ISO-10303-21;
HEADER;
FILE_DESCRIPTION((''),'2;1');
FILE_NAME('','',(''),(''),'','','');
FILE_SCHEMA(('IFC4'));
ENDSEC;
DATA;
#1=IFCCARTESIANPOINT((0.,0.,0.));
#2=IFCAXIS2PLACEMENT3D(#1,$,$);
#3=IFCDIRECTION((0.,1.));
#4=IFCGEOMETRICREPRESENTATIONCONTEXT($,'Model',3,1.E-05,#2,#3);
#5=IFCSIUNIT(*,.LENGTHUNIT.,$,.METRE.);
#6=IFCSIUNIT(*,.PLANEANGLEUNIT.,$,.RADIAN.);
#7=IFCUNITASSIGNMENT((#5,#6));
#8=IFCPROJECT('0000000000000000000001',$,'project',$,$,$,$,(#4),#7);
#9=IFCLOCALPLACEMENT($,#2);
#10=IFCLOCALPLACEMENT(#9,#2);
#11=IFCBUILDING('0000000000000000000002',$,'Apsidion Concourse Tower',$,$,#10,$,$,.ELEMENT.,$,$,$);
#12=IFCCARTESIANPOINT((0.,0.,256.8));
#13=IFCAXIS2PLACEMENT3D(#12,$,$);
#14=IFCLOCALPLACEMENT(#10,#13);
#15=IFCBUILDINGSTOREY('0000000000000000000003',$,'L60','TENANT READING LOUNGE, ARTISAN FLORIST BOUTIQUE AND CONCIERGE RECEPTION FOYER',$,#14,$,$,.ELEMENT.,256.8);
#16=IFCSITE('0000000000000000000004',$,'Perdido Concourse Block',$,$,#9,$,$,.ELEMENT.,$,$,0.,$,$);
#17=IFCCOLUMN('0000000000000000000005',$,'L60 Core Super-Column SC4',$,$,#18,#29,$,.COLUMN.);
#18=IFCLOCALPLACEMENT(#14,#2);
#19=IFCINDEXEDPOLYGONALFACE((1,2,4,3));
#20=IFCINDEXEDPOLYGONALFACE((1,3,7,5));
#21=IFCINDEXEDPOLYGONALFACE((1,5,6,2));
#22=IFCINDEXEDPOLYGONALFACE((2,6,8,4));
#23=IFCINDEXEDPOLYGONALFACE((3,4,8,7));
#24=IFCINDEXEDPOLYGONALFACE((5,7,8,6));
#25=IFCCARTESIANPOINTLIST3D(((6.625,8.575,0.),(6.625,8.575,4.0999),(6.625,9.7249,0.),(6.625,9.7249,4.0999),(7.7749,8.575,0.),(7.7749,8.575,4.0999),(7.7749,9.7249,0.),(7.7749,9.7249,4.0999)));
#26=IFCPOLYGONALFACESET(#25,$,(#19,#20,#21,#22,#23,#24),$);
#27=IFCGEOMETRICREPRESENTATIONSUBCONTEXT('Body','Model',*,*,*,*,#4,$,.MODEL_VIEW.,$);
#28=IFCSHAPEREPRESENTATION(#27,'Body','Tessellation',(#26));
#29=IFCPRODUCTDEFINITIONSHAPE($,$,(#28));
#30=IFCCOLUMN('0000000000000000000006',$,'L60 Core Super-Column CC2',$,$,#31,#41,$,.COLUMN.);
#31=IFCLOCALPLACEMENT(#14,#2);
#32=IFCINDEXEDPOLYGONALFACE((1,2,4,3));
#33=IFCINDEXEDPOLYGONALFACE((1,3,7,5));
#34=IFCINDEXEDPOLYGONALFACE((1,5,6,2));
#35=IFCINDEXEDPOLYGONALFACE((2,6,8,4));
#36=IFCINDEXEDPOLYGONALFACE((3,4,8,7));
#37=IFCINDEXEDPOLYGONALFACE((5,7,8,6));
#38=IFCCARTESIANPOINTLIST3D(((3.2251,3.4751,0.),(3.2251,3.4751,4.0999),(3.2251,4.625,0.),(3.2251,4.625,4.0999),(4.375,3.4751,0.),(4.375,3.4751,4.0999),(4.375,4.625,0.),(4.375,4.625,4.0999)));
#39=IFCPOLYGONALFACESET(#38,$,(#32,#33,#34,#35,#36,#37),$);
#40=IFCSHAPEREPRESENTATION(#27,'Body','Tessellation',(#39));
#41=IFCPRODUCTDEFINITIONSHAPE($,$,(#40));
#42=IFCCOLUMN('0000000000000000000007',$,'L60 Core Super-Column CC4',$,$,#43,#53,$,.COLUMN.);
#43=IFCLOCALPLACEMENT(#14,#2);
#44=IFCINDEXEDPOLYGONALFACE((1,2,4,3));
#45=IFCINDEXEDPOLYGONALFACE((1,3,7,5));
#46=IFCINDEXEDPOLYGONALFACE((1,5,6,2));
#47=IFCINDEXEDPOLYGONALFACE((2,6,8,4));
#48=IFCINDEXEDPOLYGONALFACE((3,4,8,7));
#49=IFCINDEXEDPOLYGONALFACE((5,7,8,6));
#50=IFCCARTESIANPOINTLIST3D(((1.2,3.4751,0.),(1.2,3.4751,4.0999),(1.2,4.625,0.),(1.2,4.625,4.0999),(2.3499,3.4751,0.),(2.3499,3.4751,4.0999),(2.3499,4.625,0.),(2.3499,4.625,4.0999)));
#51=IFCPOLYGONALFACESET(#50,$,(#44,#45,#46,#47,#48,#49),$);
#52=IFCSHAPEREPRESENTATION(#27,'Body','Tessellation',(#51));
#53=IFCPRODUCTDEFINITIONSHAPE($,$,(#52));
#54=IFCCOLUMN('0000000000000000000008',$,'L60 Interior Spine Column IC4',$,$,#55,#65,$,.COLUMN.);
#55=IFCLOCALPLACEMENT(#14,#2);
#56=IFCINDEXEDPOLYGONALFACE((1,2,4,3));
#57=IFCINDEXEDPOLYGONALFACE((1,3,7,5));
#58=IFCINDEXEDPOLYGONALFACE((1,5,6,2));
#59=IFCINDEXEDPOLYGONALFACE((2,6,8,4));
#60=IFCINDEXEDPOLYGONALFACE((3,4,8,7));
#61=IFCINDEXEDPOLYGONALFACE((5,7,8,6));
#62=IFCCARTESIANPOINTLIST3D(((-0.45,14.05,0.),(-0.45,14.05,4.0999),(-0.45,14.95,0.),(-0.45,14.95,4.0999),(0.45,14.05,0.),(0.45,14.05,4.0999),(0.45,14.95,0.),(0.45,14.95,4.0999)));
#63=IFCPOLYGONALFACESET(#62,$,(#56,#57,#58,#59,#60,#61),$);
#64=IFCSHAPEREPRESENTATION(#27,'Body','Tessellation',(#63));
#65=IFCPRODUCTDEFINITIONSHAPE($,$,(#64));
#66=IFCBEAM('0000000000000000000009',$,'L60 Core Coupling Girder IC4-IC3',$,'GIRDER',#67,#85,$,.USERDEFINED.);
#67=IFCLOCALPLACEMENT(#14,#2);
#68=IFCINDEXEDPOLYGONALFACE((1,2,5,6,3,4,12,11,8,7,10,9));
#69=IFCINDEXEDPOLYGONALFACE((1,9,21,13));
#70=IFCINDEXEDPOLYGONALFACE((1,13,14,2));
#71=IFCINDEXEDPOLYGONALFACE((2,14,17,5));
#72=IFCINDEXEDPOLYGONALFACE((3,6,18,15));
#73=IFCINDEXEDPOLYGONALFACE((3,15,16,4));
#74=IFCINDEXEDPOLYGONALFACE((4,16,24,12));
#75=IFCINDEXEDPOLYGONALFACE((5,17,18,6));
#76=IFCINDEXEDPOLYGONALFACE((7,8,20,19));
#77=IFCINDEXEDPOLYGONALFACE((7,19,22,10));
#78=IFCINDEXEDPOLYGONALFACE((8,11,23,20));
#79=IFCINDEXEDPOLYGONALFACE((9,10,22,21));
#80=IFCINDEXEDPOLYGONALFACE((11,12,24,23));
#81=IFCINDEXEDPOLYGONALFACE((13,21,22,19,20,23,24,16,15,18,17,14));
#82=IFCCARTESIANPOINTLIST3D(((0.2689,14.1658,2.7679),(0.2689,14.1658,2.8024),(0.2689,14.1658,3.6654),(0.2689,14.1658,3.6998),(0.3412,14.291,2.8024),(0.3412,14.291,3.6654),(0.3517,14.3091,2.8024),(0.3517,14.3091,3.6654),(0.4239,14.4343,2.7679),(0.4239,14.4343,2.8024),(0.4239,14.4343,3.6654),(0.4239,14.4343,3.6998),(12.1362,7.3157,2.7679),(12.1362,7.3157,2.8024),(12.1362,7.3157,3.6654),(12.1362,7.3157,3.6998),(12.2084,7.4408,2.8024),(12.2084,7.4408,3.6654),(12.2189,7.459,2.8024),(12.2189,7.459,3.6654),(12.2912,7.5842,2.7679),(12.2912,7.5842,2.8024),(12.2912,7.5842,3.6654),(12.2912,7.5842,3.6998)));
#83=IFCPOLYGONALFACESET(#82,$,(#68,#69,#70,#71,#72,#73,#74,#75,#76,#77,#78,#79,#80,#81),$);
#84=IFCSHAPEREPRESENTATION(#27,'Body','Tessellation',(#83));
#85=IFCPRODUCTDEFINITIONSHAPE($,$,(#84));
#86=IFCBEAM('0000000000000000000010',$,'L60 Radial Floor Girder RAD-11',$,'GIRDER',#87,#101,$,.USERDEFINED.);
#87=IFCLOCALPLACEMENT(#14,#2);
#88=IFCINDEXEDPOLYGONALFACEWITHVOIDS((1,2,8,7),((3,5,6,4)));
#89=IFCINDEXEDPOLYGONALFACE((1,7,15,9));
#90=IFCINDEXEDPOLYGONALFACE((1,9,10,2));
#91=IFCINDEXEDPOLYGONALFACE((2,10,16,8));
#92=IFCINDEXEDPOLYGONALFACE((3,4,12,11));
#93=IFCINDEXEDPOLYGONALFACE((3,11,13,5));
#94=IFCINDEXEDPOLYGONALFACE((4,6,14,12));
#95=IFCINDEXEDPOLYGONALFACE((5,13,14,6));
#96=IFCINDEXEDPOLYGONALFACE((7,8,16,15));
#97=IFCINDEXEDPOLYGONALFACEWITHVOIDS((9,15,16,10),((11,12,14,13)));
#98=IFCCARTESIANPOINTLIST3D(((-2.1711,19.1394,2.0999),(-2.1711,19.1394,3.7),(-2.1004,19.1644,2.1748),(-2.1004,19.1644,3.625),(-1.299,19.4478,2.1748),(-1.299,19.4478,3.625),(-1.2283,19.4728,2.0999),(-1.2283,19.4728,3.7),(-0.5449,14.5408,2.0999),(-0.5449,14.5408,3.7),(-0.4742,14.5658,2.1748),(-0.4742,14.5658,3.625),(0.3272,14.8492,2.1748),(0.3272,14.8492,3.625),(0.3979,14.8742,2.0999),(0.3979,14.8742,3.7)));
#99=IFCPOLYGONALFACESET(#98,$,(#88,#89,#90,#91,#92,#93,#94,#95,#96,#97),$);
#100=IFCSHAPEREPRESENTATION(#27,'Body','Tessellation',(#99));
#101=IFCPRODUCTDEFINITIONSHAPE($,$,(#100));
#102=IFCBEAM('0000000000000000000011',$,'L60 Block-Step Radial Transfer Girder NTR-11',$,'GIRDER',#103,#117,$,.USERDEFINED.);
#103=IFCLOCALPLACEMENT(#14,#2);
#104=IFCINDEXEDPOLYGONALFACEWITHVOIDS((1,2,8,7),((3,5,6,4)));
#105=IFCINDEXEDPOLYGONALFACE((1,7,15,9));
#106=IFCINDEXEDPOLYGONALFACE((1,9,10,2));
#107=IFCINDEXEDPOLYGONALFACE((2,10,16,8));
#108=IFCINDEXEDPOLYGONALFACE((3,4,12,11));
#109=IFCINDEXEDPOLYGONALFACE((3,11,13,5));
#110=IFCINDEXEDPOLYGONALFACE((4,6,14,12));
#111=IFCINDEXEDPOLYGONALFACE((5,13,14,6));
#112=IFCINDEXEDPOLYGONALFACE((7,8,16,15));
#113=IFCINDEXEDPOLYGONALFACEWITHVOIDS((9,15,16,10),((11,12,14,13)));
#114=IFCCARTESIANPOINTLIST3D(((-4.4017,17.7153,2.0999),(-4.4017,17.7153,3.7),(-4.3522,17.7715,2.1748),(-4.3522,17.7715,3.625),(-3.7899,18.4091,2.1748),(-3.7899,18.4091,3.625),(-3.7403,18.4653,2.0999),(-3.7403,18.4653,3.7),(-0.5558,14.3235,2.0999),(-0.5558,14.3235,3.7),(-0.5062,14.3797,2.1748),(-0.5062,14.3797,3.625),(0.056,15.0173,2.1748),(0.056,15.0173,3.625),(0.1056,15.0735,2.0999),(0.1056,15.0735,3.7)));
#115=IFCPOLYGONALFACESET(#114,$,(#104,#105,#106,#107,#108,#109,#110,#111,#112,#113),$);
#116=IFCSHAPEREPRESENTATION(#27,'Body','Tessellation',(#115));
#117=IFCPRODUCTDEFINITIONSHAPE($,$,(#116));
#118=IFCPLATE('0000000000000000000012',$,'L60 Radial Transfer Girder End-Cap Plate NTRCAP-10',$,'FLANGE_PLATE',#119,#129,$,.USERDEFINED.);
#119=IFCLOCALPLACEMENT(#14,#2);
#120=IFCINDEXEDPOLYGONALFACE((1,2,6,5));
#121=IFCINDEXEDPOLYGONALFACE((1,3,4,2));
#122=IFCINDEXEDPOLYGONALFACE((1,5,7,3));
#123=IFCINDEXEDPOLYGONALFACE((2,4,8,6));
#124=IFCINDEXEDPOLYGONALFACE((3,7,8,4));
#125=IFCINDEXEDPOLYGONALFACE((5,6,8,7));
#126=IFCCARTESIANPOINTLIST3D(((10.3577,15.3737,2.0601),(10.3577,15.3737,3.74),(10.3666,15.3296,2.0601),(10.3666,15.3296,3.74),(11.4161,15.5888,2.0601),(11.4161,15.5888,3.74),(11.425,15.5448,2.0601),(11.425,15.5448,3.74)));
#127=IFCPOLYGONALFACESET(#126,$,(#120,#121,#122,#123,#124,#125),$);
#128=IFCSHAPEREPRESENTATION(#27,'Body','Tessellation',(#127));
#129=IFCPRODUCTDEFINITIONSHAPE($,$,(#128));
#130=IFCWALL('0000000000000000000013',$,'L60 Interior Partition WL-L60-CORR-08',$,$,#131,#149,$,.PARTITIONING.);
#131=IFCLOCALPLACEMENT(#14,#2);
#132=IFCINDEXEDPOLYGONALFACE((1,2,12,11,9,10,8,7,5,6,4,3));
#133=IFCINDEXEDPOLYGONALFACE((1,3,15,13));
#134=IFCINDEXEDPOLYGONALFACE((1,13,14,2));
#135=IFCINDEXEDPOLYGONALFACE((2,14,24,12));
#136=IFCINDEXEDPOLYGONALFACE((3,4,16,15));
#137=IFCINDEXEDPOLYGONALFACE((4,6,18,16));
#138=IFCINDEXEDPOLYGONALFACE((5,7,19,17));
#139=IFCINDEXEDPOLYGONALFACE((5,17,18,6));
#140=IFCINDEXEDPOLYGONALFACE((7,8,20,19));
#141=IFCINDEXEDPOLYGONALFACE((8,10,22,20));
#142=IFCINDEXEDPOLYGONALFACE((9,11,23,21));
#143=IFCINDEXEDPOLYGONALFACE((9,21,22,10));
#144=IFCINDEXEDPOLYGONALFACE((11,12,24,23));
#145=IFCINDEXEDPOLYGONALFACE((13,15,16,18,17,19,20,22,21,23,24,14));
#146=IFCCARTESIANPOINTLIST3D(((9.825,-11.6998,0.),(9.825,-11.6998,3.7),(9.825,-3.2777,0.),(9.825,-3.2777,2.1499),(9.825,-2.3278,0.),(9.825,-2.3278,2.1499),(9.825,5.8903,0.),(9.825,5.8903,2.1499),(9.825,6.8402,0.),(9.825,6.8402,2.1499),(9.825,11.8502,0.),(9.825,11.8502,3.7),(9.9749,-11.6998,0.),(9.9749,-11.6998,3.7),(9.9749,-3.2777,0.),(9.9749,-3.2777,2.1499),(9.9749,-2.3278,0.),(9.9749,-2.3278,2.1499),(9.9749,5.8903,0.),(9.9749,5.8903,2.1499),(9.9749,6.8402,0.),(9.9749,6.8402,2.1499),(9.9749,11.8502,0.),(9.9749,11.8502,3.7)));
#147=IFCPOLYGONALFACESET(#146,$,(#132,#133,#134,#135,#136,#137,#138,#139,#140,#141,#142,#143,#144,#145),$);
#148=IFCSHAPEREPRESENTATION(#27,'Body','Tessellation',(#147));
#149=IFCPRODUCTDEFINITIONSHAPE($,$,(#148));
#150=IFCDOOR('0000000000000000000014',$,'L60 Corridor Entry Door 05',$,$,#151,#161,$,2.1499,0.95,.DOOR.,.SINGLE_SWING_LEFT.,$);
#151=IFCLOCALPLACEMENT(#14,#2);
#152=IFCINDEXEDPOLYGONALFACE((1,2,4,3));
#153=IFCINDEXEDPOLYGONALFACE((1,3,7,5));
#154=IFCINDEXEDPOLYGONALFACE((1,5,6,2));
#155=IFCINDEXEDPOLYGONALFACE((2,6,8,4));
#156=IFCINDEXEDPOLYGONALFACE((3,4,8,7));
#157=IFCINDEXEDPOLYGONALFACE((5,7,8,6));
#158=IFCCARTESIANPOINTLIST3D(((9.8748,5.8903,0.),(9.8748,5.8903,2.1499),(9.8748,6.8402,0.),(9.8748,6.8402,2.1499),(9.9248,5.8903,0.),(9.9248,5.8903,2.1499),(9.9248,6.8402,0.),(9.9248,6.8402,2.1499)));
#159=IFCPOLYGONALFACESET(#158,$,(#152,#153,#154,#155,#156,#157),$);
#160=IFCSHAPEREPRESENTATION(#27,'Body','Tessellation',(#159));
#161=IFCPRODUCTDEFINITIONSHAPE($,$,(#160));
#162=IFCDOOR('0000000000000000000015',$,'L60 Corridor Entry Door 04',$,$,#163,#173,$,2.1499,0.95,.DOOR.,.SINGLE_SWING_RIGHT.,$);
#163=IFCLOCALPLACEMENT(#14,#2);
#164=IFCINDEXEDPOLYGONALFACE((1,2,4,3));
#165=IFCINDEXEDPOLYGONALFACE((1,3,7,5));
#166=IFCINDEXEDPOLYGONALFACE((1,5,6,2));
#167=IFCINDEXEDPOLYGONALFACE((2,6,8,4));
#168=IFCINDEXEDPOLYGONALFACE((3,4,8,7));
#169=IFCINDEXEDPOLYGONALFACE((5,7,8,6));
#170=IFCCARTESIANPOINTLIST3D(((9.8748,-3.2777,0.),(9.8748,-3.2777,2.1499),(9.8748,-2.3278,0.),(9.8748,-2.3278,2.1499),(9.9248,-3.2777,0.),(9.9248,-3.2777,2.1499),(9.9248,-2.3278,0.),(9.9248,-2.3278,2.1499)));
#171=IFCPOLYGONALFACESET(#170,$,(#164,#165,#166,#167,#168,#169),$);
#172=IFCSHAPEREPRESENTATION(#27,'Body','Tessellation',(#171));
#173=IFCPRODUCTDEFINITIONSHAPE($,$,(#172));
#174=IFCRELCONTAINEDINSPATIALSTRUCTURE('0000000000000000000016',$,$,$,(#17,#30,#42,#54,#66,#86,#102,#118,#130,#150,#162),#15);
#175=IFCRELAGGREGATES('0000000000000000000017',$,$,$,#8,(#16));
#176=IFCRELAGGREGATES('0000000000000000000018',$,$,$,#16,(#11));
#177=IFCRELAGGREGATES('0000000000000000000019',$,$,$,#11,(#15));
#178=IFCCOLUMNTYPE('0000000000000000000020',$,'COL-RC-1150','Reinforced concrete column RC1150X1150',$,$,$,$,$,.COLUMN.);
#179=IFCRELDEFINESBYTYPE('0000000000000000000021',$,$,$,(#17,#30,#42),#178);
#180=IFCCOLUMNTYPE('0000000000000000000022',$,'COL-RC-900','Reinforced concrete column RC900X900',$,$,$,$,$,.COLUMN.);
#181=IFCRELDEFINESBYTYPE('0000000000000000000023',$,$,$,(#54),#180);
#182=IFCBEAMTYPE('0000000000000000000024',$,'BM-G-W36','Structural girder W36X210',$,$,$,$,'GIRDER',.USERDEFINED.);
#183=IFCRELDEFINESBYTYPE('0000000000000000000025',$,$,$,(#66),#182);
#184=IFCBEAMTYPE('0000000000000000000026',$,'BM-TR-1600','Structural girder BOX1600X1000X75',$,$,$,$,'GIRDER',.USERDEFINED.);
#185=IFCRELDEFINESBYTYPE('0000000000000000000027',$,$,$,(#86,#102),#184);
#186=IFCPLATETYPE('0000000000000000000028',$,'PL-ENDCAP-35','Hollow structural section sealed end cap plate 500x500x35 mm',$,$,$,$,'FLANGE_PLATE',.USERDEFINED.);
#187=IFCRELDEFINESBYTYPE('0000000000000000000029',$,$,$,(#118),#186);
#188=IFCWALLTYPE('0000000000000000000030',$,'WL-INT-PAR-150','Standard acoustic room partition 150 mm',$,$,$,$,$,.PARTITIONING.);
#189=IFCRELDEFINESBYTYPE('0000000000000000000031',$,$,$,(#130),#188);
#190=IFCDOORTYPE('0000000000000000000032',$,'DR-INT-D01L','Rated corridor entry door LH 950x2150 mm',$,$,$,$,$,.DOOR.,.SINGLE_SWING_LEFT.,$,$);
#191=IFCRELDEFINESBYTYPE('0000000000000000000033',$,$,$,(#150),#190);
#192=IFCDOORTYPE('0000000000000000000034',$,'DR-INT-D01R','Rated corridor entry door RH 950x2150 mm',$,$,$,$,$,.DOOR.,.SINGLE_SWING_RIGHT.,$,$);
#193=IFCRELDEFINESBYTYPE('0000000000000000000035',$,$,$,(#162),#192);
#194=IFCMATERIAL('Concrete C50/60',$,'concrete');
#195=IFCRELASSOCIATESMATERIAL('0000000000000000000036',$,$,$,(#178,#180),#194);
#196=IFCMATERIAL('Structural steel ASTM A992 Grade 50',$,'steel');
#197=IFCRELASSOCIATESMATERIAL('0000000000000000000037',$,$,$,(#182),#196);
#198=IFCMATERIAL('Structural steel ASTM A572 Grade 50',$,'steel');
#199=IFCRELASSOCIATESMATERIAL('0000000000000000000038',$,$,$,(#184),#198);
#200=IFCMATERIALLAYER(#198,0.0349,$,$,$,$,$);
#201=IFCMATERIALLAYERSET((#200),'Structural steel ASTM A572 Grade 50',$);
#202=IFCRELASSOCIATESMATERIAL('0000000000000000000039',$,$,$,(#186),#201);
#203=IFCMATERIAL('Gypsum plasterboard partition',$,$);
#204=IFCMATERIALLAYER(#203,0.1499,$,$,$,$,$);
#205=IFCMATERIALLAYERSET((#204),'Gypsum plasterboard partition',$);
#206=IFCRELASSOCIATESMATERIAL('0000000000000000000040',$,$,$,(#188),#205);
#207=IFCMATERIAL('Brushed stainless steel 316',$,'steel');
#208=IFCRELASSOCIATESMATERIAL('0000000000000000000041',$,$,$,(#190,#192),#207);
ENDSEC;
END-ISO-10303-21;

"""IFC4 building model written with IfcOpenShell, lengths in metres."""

from ifc_helpers import new_model, si_unit, direction, frame, frame_2d, origin, origin_2d, place, context, subcontext, project, spatial, rectangle, hollow_rectangle, i_section, extrude, material, layer, layer_set, material_profile, profile_set, type_object, element, fill, save


model = new_model("IFC4")

# Units and contexts
model_context = context("Model", 3, precision=1e-05, world=origin(), true_north=direction((0.0, 1.0)))
body_context = subcontext(model_context, "Body", "Model", "MODEL_VIEW")
ifc_project = project(units=[si_unit("LENGTHUNIT", "METRE"), si_unit("PLANEANGLEUNIT", "RADIAN")], contexts=[model_context])

# Site, building, storey
site_placement = place(None, origin())
site = spatial("IfcSite", under=ifc_project, at=site_placement, Name="Perdido Concourse Block", CompositionType="ELEMENT", RefElevation=0.0)
building_placement = place(site_placement, origin())
building = spatial("IfcBuilding", under=site, at=building_placement, Name="Apsidion Concourse Tower", CompositionType="ELEMENT")
storey_placement = place(building_placement, frame((0.0, 0.0, 256.8)))
storey = spatial("IfcBuildingStorey", under=building, at=storey_placement, Name="L60", Description="TENANT READING LOUNGE, ARTISAN FLORIST BOUTIQUE AND CONCIERGE RECEPTION FOYER", CompositionType="ELEMENT", Elevation=256.8)

# Columns
ifc_material_1 = material(Name="Concrete C50/60", Category="concrete")
ifc_material_profile_1 = material_profile(ifc_material_1, rectangle(XDim=1.1499, YDim=1.1499, at=origin_2d()), Name="RC 1150x1150")
ifc_profile_set_1 = profile_set([ifc_material_profile_1], Name="Concrete C50/60")
column_type_1 = type_object("IfcColumnType", Name="COL-RC-1150", Description="Reinforced concrete column RC1150X1150", PredefinedType="COLUMN", material=ifc_profile_set_1)
for number, where, z_axis, x_axis, name in (
    (1, (7.2, 9.1499, 0.0), (0.0, 0.0, 1.0), (1.0, 0.0, 0.0), "L60 Core Super-Column SC4"),
    (2, (3.8, 4.05, 0.0), (0.0, 0.0, 1.0), (1.0, 0.0, 0.0), "L60 Core Super-Column CC2"),
    (3, (1.7749, 4.05, 0.0), (0.0, 0.0, 1.0), (1.0, 0.0, 0.0), "L60 Core Super-Column CC4"),
):
    element("IfcColumn", number, at=place(storey_placement, frame(where, z_axis=z_axis, x_axis=x_axis)), inside=storey, type_object=column_type_1, Name=name, PredefinedType="COLUMN", context=body_context, shape_type="SweptSolid", body=[
        extrude(rectangle(XDim=1.1499, YDim=1.1499, at=origin_2d()), origin(), (0.0, 0.0, 1.0), 4.0999),
    ])
ifc_material_profile_2 = material_profile(ifc_material_1, rectangle(XDim=0.8999, YDim=0.8999, at=origin_2d()), Name="RC 900x900")
ifc_profile_set_2 = profile_set([ifc_material_profile_2], Name="Concrete C50/60")
column_type_2 = type_object("IfcColumnType", Name="COL-RC-900", Description="Reinforced concrete column RC900X900", PredefinedType="COLUMN", material=ifc_profile_set_2)
column_placement = place(storey_placement, frame((0.0, 14.5, 0.0), z_axis=(0.0, 0.0, 1.0), x_axis=(1.0, 0.0, 0.0)))
element("IfcColumn", 4, at=column_placement, inside=storey, type_object=column_type_2, Name="L60 Interior Spine Column IC4", PredefinedType="COLUMN", context=body_context, shape_type="SweptSolid", body=[
    extrude(rectangle(XDim=0.8999, YDim=0.8999, at=origin_2d()), origin(), (0.0, 0.0, 1.0), 4.0999),
])

# Beams
ifc_material_2 = material(Name="Structural steel ASTM A992 Grade 50", Category="steel")
ifc_material_profile_3 = material_profile(ifc_material_2, i_section(OverallWidth=0.3101, OverallDepth=0.9319, WebThickness=0.021, FlangeThickness=0.0344, at=origin_2d()), Name="W36X210")
ifc_profile_set_3 = profile_set([ifc_material_profile_3], Name="Structural steel ASTM A992 Grade 50")
beam_type_1 = type_object("IfcBeamType", Name="BM-G-W36", Description="Structural girder W36X210", ElementType="GIRDER", PredefinedType="USERDEFINED", material=ifc_profile_set_3)
beam_1_placement = place(storey_placement, frame((0.3464, 14.3, 3.2339), z_axis=(0.86607, -0.499922, 0.0), x_axis=(0.499922, 0.86607, 0.0)))
element("IfcBeam", 5, at=beam_1_placement, inside=storey, type_object=beam_type_1, Name="L60 Core Coupling Girder IC4-IC3", ObjectType="GIRDER", PredefinedType="USERDEFINED", context=body_context, shape_type="SweptSolid", body=[
    extrude(i_section(OverallWidth=0.3101, OverallDepth=0.9319, WebThickness=0.021, FlangeThickness=0.0344, at=origin_2d()), origin(), (0.0, 0.0, 1.0), 13.7024),
])
ifc_material_3 = material(Name="Structural steel ASTM A572 Grade 50", Category="steel")
ifc_material_profile_4 = material_profile(ifc_material_3, hollow_rectangle(XDim=1.0, YDim=1.6001, WallThickness=0.075, at=origin_2d()), Name="BOX1600X1000X75")
ifc_profile_set_4 = profile_set([ifc_material_profile_4], Name="Structural steel ASTM A572 Grade 50")
beam_type_2 = type_object("IfcBeamType", Name="BM-TR-1600", Description="Structural girder BOX1600X1000X75", ElementType="GIRDER", PredefinedType="USERDEFINED", material=ifc_profile_set_4)
beam_2_placement = place(storey_placement, frame((-0.0735, 14.7075, 2.8999), z_axis=(-0.333399, 0.942786, 0.0), x_axis=(-0.942786, -0.333399, 0.0)))
element("IfcBeam", 6, at=beam_2_placement, inside=storey, type_object=beam_type_2, Name="L60 Radial Floor Girder RAD-11", ObjectType="GIRDER", PredefinedType="USERDEFINED", context=body_context, shape_type="SweptSolid", body=[
    extrude(hollow_rectangle(XDim=1.0, YDim=1.6001, WallThickness=0.075, at=origin_2d()), origin(), (0.0, 0.0, 1.0), 4.8777),
])
beam_3_placement = place(storey_placement, frame((-0.2251, 14.6985, 2.8999), z_axis=(-0.749996, 0.661442, 0.0), x_axis=(-0.661442, -0.749996, 0.0)))
element("IfcBeam", 7, at=beam_3_placement, inside=storey, type_object=beam_type_2, Name="L60 Block-Step Radial Transfer Girder NTR-11", ObjectType="GIRDER", PredefinedType="USERDEFINED", context=body_context, shape_type="SweptSolid", body=[
    extrude(hollow_rectangle(XDim=1.0, YDim=1.6001, WallThickness=0.075, at=origin_2d()), origin(), (0.0, 0.0, 1.0), 5.1279),
])

# Plate
ifc_layer_1 = layer(ifc_material_3, 0.0349)
ifc_layer_set_1 = layer_set([ifc_layer_1], Name="Structural steel ASTM A572 Grade 50")
plate_type = type_object("IfcPlateType", Name="PL-ENDCAP-35", Description="Hollow structural section sealed end cap plate 500x500x35 mm", ElementType="FLANGE_PLATE", PredefinedType="USERDEFINED", material=ifc_layer_set_1)
plate_placement = place(storey_placement, frame((10.8914, 15.4592, 2.0601), z_axis=(0.0, 0.0, 1.0), x_axis=(-0.199197, 0.979959, 0.0)))
element("IfcPlate", 8, at=plate_placement, inside=storey, type_object=plate_type, Name="L60 Radial Transfer Girder End-Cap Plate NTRCAP-10", ObjectType="FLANGE_PLATE", PredefinedType="USERDEFINED", context=body_context, shape_type="SweptSolid", body=[
    extrude(rectangle(XDim=0.0449, YDim=1.0801, at=origin_2d()), origin(), (0.0, 0.0, 1.0), 1.6799),
])

# Wall, openings, doors
ifc_material_4 = material(Name="Gypsum plasterboard partition")
ifc_layer_2 = layer(ifc_material_4, 0.1499)
ifc_layer_set_2 = layer_set([ifc_layer_2], Name="Gypsum plasterboard partition")
wall_type_1 = type_object("IfcWallType", Name="WL-INT-PAR-150", Description="Standard acoustic room partition 150 mm", PredefinedType="PARTITIONING", material=ifc_layer_set_2)
wall_1_placement = place(storey_placement, frame((9.8999, 11.8501, 0.0), z_axis=(0.0, 0.0, 1.0), x_axis=(0.0, -1.0, 0.0)))
wall_1 = element("IfcWall", 9, at=wall_1_placement, inside=storey, type_object=wall_type_1, Name="L60 Interior Partition WL-L60-CORR-08", PredefinedType="PARTITIONING", context=body_context, shape_type="SweptSolid", body=[
    extrude(rectangle(XDim=23.55, YDim=0.1499, at=frame_2d((11.7749, 0.0))), origin(), (0.0, 0.0, 1.0), 3.7),
])
opening_1_placement = place(wall_1_placement, frame((14.1777, 0.0, 0.0)))
opening_1 = element("IfcOpeningElement", 10, at=opening_1_placement, cuts=wall_1, PredefinedType="OPENING", context=body_context, shape_type="SweptSolid", body=[
    extrude(rectangle(XDim=0.95, YDim=2.1499, at=frame_2d((0.4751, 1.075))), frame((0.0, 0.085, 0.0), z_axis=(0.0, -1.0, 0.0), x_axis=(1.0, 0.0, 0.0)), (0.0, 0.0, 1.0), 0.1699),
])
opening_2_placement = place(wall_1_placement, frame((5.0098, 0.0, 0.0)))
opening_2 = element("IfcOpeningElement", 11, at=opening_2_placement, cuts=wall_1, PredefinedType="OPENING", context=body_context, shape_type="SweptSolid", body=[
    extrude(rectangle(XDim=0.95, YDim=2.1499, at=frame_2d((0.4751, 1.075))), frame((0.0, 0.085, 0.0), z_axis=(0.0, -1.0, 0.0), x_axis=(1.0, 0.0, 0.0)), (0.0, 0.0, 1.0), 0.1699),
])
ifc_material_5 = material(Name="Brushed stainless steel 316", Category="steel")
door_type_1 = type_object("IfcDoorType", Name="DR-INT-D01L", Description="Rated corridor entry door LH 950x2150 mm", OperationType="SINGLE_SWING_LEFT", PredefinedType="DOOR", material=ifc_material_5)
door_1_placement = place(opening_2_placement, origin())
door_1 = element("IfcDoor", 12, at=door_1_placement, inside=storey, type_object=door_type_1, Name="L60 Corridor Entry Door 05", OperationType="SINGLE_SWING_LEFT", OverallHeight=2.1499, OverallWidth=0.95, PredefinedType="DOOR", context=body_context, shape_type="SweptSolid", body=[
    extrude(rectangle(XDim=0.95, YDim=2.1499, at=frame_2d((0.4751, 1.075))), frame((0.0, 0.0249, 0.0), z_axis=(0.0, -1.0, 0.0), x_axis=(1.0, 0.0, 0.0)), (0.0, 0.0, 1.0), 0.05),
])
fill(opening_2, door_1)
door_type_2 = type_object("IfcDoorType", Name="DR-INT-D01R", Description="Rated corridor entry door RH 950x2150 mm", OperationType="SINGLE_SWING_RIGHT", PredefinedType="DOOR", material=ifc_material_5)
door_2_placement = place(opening_1_placement, origin())
door_2 = element("IfcDoor", 13, at=door_2_placement, inside=storey, type_object=door_type_2, Name="L60 Corridor Entry Door 04", OperationType="SINGLE_SWING_RIGHT", OverallHeight=2.1499, OverallWidth=0.95, PredefinedType="DOOR", context=body_context, shape_type="SweptSolid", body=[
    extrude(rectangle(XDim=0.95, YDim=2.1499, at=frame_2d((0.4751, 1.075))), frame((0.0, 0.0249, 0.0), z_axis=(0.0, -1.0, 0.0), x_axis=(1.0, 0.0, 0.0)), (0.0, 0.0, 1.0), 0.05),
])
fill(opening_1, door_2)

save(model, "model.ifc")
